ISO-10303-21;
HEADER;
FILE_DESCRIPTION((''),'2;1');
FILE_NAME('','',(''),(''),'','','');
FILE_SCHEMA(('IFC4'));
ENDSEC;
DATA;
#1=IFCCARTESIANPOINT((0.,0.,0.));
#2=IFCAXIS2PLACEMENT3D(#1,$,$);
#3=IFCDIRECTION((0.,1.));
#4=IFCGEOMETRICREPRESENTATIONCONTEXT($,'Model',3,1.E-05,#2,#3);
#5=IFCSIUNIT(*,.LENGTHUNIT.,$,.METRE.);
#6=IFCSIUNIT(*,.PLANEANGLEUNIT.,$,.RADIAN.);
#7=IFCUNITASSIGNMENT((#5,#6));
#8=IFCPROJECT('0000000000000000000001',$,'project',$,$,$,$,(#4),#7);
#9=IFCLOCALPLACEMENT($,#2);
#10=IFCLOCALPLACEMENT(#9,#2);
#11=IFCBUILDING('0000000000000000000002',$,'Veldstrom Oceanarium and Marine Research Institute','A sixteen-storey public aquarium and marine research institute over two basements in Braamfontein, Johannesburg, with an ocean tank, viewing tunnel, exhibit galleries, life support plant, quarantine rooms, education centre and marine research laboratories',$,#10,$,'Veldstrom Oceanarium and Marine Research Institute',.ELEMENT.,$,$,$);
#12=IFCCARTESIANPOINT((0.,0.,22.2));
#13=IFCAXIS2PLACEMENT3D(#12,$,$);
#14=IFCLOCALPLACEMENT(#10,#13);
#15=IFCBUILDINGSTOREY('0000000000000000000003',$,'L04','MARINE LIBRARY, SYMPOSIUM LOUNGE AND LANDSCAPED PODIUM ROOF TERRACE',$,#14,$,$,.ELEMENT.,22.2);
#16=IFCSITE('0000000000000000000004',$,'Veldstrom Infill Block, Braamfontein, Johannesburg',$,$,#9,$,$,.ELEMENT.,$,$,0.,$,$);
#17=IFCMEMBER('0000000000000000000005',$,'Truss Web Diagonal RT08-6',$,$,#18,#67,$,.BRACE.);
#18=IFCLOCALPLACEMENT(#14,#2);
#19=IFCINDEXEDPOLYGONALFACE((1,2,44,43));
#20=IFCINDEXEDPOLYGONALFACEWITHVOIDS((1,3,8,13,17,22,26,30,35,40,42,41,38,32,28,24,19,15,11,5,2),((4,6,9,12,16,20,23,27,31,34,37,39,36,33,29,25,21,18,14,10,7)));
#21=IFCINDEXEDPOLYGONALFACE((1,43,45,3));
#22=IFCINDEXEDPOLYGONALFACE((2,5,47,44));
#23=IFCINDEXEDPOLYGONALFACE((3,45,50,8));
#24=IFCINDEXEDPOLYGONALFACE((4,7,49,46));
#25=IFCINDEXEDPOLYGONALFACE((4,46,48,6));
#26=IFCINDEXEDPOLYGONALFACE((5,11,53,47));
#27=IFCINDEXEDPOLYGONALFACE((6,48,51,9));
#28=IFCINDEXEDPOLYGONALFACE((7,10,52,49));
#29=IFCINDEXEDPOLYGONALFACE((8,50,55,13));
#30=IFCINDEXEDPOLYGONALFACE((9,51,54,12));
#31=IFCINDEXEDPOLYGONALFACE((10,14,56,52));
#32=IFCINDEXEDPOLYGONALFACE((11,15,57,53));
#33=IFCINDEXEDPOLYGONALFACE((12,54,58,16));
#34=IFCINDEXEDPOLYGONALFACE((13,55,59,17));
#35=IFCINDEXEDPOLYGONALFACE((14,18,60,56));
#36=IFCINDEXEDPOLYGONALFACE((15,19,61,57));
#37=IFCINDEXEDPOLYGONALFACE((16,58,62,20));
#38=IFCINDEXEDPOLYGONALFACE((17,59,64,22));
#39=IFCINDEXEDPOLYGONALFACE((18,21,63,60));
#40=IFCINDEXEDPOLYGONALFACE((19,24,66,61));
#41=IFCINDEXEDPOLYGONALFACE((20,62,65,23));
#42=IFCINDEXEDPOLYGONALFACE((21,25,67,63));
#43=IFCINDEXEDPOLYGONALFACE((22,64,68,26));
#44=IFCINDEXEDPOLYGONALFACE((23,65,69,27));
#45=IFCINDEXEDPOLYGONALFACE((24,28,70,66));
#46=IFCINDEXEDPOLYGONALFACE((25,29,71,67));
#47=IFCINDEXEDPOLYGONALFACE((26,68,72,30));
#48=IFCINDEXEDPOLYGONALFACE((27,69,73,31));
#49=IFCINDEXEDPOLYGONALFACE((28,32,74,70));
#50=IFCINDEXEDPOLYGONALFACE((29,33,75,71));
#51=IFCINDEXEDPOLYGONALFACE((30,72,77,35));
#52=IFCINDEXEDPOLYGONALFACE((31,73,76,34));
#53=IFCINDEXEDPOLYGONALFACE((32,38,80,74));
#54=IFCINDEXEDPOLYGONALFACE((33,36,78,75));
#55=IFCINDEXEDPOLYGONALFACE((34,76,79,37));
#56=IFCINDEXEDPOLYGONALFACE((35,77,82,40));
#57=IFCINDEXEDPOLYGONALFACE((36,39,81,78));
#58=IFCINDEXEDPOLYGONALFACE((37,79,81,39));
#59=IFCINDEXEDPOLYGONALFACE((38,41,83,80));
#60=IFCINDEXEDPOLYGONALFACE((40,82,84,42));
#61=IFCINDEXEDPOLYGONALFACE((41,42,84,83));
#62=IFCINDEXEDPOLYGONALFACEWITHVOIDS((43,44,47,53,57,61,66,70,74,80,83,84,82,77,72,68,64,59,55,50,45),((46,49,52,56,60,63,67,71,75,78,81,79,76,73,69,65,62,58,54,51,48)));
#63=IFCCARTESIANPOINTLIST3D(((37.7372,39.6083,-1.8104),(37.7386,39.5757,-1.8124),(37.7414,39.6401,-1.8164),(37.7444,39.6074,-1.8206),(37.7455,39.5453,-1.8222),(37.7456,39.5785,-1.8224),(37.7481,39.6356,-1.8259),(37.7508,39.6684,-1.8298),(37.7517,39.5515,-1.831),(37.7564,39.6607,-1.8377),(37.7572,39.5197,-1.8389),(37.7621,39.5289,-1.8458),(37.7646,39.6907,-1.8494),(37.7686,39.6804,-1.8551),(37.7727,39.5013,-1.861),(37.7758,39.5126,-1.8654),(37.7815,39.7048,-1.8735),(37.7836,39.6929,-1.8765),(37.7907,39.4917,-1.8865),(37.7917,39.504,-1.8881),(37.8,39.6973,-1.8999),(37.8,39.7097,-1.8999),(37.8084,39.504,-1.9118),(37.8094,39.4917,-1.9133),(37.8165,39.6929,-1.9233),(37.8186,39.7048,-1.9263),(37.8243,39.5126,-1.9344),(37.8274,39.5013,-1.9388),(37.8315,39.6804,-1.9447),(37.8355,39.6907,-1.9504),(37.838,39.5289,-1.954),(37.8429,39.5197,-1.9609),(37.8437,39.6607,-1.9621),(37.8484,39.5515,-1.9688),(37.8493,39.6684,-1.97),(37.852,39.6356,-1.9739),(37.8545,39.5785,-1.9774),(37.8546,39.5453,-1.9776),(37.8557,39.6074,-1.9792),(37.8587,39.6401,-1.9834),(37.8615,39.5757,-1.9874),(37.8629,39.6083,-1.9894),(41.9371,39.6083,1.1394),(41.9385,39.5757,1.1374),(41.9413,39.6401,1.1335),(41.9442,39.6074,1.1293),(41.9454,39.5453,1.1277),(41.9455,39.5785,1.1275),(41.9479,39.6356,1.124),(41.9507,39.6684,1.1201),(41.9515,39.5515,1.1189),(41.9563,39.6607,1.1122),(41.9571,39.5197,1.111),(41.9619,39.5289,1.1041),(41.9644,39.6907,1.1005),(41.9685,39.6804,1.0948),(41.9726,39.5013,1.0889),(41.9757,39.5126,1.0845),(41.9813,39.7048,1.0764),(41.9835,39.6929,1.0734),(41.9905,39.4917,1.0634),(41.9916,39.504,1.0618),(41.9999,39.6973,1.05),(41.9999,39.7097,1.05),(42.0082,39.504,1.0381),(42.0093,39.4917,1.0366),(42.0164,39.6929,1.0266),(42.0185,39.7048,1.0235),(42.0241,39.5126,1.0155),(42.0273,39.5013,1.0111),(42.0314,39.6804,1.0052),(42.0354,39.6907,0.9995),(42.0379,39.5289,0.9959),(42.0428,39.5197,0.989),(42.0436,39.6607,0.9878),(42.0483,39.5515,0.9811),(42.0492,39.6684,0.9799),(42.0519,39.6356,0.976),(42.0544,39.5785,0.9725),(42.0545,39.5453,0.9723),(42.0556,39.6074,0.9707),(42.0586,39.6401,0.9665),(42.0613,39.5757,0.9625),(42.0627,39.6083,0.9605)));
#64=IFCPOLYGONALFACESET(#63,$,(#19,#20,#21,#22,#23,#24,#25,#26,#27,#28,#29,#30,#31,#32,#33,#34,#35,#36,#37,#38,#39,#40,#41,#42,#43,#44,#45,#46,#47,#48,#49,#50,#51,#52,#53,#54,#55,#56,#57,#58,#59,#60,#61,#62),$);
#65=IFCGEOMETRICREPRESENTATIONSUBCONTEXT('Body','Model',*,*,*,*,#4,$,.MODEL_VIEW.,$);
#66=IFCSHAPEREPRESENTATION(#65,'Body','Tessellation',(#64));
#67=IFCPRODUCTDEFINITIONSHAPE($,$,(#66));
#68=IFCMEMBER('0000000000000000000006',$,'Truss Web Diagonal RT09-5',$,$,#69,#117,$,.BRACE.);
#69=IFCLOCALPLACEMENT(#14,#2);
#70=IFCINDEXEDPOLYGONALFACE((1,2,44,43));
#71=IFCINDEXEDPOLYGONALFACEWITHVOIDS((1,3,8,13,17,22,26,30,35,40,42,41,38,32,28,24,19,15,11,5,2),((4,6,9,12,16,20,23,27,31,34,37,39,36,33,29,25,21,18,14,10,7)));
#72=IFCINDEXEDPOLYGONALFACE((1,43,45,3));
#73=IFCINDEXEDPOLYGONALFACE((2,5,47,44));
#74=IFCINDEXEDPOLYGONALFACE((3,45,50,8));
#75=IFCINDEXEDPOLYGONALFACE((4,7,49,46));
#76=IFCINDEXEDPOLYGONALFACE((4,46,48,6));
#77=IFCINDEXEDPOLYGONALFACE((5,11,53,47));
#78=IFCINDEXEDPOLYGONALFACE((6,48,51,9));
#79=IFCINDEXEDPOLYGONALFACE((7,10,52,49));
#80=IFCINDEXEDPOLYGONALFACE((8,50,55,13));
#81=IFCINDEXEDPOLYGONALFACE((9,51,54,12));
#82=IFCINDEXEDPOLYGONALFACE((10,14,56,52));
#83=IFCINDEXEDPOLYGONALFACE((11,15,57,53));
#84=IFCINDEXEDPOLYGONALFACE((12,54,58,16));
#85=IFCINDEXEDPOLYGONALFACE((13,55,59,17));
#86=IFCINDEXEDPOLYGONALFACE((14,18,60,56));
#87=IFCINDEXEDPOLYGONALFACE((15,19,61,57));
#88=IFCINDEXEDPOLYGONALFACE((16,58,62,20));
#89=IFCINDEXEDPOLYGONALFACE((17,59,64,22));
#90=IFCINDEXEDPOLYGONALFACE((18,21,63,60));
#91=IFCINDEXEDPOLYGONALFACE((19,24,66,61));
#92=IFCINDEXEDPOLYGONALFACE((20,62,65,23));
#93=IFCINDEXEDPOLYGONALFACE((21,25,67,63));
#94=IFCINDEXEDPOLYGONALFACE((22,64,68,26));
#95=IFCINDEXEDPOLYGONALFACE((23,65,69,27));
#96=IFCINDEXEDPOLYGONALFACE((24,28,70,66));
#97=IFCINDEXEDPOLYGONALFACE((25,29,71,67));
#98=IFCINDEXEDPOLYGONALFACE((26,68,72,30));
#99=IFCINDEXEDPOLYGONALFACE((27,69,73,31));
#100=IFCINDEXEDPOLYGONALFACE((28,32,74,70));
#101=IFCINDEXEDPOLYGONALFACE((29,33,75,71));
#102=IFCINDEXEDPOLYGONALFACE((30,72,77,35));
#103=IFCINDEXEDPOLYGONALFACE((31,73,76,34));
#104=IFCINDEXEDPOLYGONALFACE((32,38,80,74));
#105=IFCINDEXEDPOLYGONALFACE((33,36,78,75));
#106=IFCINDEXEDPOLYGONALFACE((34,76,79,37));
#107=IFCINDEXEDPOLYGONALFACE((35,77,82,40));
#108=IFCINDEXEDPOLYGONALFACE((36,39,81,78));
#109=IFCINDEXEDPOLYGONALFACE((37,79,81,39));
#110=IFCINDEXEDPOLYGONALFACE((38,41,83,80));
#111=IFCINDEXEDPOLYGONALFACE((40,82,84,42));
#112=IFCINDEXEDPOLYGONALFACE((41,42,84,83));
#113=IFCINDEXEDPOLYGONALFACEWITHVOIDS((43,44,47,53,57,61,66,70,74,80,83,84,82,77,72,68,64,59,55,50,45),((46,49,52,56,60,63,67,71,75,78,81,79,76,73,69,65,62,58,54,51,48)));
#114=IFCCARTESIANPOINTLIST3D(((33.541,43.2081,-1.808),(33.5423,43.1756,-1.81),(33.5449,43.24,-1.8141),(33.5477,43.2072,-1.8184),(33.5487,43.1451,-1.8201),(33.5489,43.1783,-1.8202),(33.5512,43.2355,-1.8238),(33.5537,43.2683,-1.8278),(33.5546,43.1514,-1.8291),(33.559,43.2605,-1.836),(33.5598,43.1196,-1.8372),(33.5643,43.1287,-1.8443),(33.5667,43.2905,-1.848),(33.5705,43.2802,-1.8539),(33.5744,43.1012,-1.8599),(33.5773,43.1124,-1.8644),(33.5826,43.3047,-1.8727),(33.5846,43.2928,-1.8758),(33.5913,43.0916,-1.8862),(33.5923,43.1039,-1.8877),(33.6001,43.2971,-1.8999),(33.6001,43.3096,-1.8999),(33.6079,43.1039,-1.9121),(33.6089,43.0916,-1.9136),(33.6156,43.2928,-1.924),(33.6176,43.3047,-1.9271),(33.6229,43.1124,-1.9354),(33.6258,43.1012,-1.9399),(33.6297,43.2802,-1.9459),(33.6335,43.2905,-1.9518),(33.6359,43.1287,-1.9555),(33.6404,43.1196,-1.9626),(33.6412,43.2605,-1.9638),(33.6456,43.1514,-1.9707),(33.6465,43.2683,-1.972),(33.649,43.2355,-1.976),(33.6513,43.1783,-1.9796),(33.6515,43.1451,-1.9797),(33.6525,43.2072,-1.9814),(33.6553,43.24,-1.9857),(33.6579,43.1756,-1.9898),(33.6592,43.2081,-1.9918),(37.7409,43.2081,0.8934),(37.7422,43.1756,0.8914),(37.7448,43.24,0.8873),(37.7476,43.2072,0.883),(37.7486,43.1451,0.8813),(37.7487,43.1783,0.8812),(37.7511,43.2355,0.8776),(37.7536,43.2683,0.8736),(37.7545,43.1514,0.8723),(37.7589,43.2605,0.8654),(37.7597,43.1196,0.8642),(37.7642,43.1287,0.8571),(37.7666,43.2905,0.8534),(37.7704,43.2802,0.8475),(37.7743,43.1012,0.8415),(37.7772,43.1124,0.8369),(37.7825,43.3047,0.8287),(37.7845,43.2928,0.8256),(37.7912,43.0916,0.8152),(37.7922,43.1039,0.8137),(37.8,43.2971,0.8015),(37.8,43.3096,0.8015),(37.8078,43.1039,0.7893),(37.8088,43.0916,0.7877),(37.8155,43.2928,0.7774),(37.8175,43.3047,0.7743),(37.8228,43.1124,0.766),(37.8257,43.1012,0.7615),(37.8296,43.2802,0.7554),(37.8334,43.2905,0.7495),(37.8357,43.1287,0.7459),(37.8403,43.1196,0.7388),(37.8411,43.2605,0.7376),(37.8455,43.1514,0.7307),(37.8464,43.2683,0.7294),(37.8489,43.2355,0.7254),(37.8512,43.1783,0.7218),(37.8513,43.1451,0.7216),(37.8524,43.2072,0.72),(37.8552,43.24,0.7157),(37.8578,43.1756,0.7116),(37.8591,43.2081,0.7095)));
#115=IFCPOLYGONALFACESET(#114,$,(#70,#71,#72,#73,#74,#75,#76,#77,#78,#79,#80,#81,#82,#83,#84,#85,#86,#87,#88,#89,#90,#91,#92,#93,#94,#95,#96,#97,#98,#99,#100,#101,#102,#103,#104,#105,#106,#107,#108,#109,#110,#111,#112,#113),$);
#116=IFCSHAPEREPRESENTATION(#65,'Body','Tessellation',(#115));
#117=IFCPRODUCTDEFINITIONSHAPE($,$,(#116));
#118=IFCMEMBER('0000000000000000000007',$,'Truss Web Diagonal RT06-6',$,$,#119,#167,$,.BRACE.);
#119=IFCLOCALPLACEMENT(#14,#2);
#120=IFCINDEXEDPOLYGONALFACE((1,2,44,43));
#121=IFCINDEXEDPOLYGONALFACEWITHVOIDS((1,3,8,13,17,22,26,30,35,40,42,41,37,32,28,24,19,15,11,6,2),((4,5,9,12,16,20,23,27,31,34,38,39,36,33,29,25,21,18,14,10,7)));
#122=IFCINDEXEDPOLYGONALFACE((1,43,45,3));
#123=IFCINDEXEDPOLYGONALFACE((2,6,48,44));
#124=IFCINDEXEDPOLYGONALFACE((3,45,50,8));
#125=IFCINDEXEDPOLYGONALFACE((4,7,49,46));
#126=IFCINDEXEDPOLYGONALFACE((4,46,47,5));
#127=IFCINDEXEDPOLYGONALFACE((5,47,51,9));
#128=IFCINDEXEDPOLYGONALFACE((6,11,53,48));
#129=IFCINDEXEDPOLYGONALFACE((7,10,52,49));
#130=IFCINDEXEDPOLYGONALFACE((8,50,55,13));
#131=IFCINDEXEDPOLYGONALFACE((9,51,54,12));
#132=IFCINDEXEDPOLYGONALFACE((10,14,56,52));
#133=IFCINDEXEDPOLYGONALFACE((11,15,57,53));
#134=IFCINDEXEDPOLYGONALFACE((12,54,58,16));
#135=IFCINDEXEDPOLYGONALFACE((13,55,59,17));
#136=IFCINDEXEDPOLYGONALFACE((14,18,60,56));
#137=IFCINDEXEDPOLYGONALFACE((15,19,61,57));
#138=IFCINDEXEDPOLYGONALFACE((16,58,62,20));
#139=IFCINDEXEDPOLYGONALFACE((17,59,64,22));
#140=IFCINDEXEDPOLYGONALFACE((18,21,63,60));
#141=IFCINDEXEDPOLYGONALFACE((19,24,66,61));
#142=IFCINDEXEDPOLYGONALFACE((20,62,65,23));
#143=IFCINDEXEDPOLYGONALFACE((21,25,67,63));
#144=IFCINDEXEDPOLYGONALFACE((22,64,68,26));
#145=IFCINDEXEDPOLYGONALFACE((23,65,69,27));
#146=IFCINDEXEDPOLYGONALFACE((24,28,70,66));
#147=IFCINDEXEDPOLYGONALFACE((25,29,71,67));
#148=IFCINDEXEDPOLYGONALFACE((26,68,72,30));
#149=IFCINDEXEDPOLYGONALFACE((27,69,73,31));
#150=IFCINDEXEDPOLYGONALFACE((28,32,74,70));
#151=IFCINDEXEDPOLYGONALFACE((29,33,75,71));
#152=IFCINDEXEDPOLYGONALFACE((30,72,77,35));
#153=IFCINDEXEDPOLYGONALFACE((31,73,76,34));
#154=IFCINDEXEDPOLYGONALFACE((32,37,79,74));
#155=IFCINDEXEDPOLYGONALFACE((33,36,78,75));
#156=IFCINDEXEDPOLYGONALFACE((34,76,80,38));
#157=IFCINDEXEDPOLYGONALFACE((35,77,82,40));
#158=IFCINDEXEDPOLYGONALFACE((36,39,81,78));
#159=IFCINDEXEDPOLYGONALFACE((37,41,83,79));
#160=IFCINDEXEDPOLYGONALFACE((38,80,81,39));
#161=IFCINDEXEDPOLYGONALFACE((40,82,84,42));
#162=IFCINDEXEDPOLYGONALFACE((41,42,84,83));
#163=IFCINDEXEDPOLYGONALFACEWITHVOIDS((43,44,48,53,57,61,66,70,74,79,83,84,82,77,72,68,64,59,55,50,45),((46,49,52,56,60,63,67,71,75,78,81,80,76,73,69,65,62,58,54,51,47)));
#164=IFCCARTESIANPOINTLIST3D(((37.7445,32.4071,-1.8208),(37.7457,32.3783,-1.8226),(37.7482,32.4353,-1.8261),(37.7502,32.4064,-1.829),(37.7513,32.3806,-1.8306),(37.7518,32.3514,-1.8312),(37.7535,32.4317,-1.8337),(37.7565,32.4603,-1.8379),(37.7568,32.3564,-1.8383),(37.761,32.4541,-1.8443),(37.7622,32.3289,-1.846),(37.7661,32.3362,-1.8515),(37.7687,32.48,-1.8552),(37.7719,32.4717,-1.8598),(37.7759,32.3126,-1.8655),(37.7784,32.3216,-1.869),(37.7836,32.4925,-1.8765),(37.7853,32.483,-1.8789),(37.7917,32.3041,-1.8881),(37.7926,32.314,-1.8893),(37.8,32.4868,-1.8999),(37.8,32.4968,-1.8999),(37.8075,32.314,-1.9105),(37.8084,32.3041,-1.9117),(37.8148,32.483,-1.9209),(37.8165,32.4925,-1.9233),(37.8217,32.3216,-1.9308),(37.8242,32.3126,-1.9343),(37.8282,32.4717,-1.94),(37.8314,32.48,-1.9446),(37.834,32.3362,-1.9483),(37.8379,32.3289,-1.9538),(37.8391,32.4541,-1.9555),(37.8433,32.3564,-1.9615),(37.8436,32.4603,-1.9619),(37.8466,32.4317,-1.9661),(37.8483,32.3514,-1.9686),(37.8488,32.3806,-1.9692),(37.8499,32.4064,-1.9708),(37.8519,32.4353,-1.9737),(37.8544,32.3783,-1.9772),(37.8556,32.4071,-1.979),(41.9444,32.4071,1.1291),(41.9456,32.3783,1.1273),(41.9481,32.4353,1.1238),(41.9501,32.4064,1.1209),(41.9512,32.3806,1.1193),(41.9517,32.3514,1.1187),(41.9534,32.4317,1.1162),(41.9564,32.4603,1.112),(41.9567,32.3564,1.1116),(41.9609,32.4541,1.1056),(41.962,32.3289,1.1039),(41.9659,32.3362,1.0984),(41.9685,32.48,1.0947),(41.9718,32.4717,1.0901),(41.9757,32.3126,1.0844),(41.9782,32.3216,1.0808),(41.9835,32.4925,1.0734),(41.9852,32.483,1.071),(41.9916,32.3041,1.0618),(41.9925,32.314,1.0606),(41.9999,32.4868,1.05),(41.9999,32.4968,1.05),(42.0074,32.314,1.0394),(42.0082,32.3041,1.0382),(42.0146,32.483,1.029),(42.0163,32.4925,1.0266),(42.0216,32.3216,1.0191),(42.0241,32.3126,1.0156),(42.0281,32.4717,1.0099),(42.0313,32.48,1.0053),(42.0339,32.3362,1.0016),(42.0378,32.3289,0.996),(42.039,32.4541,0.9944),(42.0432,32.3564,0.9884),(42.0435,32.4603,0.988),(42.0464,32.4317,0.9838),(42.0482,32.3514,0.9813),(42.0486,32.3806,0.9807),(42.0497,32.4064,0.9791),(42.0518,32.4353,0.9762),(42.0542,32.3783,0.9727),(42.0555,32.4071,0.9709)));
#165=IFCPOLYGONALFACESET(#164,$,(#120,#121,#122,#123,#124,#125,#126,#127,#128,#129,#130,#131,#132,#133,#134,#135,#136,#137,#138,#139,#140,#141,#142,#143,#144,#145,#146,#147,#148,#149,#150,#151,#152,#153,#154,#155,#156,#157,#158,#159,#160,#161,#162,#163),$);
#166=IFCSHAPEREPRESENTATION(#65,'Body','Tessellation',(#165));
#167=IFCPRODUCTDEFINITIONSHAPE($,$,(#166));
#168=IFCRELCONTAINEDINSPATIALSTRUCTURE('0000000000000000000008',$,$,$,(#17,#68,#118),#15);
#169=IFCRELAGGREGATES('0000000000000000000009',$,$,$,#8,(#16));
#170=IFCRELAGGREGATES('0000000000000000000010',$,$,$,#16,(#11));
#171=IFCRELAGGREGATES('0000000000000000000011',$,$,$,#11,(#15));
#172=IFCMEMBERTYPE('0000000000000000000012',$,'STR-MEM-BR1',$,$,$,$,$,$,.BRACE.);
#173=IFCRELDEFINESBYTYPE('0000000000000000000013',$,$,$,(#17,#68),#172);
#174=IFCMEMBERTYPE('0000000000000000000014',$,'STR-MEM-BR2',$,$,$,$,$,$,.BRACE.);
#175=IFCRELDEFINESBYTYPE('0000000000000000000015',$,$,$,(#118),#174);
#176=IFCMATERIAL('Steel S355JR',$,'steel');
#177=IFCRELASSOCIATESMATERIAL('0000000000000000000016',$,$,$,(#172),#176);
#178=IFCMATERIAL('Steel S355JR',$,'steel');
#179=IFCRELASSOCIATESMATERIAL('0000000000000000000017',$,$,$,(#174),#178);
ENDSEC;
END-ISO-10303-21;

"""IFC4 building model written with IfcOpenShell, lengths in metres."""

from ifc_helpers import new_model, si_unit, direction, frame, origin, origin_2d, place, context, subcontext, project, spatial, hollow_circle, extrude, material, material_profile, profile_set, type_object, element, save


model = new_model("IFC4")

# Units and contexts
model_context = context("Model", 3, precision=1e-05, world=origin(), true_north=direction((0.0, 1.0)))
body_context = subcontext(model_context, "Body", "Model", "MODEL_VIEW")
ifc_project = project(units=[si_unit("LENGTHUNIT", "METRE"), si_unit("PLANEANGLEUNIT", "RADIAN")], contexts=[model_context])

# Site, building, storey
site_placement = place(None, origin())
site = spatial("IfcSite", under=ifc_project, at=site_placement, Name="Veldstrom Infill Block, Braamfontein, Johannesburg", CompositionType="ELEMENT", RefElevation=0.0)
building_placement = place(site_placement, origin())
building = spatial("IfcBuilding", under=site, at=building_placement, Name="Veldstrom Oceanarium and Marine Research Institute", Description="A sixteen-storey public aquarium and marine research institute over two basements in Braamfontein, Johannesburg, with an ocean tank, viewing tunnel, exhibit galleries, life support plant, quarantine rooms, education centre and marine research laboratories", LongName="Veldstrom Oceanarium and Marine Research Institute", CompositionType="ELEMENT")
storey_placement = place(building_placement, frame((0.0, 0.0, 22.2)))
storey = spatial("IfcBuildingStorey", under=building, at=storey_placement, Name="L04", Description="MARINE LIBRARY, SYMPOSIUM LOUNGE AND LANDSCAPED PODIUM ROOF TERRACE", CompositionType="ELEMENT", Elevation=22.2)

# Members
ifc_material_1 = material(Name="Steel S355JR", Category="steel")
ifc_material_profile_1 = material_profile(ifc_material_1, hollow_circle(Radius=0.1096, WallThickness=0.0125, at=origin_2d()), Name="CHS 219.1x12.5")
ifc_profile_set_1 = profile_set([ifc_material_profile_1], Name="Steel S355JR")
member_type_1 = type_object("IfcMemberType", Name="STR-MEM-BR1", PredefinedType="BRACE", material=ifc_profile_set_1)
member_1_placement = place(storey_placement, frame((37.8, 39.6001, -1.8999), z_axis=(0.818317, 0.0, 0.574767), x_axis=(0.0, 1.0, 0.0)))
element("IfcMember", 1, at=member_1_placement, inside=storey, type_object=member_type_1, Name="Truss Web Diagonal RT08-6", PredefinedType="BRACE", context=body_context, shape_type="SweptSolid", body=[
    extrude(hollow_circle(Radius=0.1096, WallThickness=0.0125, at=origin_2d()), origin(), (0.0, 0.0, 1.0), 5.1323),
])
member_2_placement = place(storey_placement, frame((33.6001, 43.2, -1.8999), z_axis=(0.841047, 0.0, 0.540963), x_axis=(0.0, 1.0, 0.0)))
element("IfcMember", 2, at=member_2_placement, inside=storey, type_object=member_type_1, Name="Truss Web Diagonal RT09-5", PredefinedType="BRACE", context=body_context, shape_type="SweptSolid", body=[
    extrude(hollow_circle(Radius=0.1096, WallThickness=0.0125, at=origin_2d()), origin(), (0.0, 0.0, 1.0), 4.9937),
])
ifc_material_2 = material(Name="Steel S355JR", Category="steel")
ifc_material_profile_2 = material_profile(ifc_material_2, hollow_circle(Radius=0.0969, WallThickness=0.01, at=origin_2d()), Name="CHS 193.7x10")
ifc_profile_set_2 = profile_set([ifc_material_profile_2], Name="Steel S355JR")
member_type_2 = type_object("IfcMemberType", Name="STR-MEM-BR2", PredefinedType="BRACE", material=ifc_profile_set_2)
member_3_placement = place(storey_placement, frame((37.8, 32.3999, -1.8999), z_axis=(0.818317, 0.0, 0.574767), x_axis=(0.0, 1.0, 0.0)))
element("IfcMember", 3, at=member_3_placement, inside=storey, type_object=member_type_2, Name="Truss Web Diagonal RT06-6", PredefinedType="BRACE", context=body_context, shape_type="SweptSolid", body=[
    extrude(hollow_circle(Radius=0.0969, WallThickness=0.01, at=origin_2d()), origin(), (0.0, 0.0, 1.0), 5.1323),
])

save(model, "model.ifc")
